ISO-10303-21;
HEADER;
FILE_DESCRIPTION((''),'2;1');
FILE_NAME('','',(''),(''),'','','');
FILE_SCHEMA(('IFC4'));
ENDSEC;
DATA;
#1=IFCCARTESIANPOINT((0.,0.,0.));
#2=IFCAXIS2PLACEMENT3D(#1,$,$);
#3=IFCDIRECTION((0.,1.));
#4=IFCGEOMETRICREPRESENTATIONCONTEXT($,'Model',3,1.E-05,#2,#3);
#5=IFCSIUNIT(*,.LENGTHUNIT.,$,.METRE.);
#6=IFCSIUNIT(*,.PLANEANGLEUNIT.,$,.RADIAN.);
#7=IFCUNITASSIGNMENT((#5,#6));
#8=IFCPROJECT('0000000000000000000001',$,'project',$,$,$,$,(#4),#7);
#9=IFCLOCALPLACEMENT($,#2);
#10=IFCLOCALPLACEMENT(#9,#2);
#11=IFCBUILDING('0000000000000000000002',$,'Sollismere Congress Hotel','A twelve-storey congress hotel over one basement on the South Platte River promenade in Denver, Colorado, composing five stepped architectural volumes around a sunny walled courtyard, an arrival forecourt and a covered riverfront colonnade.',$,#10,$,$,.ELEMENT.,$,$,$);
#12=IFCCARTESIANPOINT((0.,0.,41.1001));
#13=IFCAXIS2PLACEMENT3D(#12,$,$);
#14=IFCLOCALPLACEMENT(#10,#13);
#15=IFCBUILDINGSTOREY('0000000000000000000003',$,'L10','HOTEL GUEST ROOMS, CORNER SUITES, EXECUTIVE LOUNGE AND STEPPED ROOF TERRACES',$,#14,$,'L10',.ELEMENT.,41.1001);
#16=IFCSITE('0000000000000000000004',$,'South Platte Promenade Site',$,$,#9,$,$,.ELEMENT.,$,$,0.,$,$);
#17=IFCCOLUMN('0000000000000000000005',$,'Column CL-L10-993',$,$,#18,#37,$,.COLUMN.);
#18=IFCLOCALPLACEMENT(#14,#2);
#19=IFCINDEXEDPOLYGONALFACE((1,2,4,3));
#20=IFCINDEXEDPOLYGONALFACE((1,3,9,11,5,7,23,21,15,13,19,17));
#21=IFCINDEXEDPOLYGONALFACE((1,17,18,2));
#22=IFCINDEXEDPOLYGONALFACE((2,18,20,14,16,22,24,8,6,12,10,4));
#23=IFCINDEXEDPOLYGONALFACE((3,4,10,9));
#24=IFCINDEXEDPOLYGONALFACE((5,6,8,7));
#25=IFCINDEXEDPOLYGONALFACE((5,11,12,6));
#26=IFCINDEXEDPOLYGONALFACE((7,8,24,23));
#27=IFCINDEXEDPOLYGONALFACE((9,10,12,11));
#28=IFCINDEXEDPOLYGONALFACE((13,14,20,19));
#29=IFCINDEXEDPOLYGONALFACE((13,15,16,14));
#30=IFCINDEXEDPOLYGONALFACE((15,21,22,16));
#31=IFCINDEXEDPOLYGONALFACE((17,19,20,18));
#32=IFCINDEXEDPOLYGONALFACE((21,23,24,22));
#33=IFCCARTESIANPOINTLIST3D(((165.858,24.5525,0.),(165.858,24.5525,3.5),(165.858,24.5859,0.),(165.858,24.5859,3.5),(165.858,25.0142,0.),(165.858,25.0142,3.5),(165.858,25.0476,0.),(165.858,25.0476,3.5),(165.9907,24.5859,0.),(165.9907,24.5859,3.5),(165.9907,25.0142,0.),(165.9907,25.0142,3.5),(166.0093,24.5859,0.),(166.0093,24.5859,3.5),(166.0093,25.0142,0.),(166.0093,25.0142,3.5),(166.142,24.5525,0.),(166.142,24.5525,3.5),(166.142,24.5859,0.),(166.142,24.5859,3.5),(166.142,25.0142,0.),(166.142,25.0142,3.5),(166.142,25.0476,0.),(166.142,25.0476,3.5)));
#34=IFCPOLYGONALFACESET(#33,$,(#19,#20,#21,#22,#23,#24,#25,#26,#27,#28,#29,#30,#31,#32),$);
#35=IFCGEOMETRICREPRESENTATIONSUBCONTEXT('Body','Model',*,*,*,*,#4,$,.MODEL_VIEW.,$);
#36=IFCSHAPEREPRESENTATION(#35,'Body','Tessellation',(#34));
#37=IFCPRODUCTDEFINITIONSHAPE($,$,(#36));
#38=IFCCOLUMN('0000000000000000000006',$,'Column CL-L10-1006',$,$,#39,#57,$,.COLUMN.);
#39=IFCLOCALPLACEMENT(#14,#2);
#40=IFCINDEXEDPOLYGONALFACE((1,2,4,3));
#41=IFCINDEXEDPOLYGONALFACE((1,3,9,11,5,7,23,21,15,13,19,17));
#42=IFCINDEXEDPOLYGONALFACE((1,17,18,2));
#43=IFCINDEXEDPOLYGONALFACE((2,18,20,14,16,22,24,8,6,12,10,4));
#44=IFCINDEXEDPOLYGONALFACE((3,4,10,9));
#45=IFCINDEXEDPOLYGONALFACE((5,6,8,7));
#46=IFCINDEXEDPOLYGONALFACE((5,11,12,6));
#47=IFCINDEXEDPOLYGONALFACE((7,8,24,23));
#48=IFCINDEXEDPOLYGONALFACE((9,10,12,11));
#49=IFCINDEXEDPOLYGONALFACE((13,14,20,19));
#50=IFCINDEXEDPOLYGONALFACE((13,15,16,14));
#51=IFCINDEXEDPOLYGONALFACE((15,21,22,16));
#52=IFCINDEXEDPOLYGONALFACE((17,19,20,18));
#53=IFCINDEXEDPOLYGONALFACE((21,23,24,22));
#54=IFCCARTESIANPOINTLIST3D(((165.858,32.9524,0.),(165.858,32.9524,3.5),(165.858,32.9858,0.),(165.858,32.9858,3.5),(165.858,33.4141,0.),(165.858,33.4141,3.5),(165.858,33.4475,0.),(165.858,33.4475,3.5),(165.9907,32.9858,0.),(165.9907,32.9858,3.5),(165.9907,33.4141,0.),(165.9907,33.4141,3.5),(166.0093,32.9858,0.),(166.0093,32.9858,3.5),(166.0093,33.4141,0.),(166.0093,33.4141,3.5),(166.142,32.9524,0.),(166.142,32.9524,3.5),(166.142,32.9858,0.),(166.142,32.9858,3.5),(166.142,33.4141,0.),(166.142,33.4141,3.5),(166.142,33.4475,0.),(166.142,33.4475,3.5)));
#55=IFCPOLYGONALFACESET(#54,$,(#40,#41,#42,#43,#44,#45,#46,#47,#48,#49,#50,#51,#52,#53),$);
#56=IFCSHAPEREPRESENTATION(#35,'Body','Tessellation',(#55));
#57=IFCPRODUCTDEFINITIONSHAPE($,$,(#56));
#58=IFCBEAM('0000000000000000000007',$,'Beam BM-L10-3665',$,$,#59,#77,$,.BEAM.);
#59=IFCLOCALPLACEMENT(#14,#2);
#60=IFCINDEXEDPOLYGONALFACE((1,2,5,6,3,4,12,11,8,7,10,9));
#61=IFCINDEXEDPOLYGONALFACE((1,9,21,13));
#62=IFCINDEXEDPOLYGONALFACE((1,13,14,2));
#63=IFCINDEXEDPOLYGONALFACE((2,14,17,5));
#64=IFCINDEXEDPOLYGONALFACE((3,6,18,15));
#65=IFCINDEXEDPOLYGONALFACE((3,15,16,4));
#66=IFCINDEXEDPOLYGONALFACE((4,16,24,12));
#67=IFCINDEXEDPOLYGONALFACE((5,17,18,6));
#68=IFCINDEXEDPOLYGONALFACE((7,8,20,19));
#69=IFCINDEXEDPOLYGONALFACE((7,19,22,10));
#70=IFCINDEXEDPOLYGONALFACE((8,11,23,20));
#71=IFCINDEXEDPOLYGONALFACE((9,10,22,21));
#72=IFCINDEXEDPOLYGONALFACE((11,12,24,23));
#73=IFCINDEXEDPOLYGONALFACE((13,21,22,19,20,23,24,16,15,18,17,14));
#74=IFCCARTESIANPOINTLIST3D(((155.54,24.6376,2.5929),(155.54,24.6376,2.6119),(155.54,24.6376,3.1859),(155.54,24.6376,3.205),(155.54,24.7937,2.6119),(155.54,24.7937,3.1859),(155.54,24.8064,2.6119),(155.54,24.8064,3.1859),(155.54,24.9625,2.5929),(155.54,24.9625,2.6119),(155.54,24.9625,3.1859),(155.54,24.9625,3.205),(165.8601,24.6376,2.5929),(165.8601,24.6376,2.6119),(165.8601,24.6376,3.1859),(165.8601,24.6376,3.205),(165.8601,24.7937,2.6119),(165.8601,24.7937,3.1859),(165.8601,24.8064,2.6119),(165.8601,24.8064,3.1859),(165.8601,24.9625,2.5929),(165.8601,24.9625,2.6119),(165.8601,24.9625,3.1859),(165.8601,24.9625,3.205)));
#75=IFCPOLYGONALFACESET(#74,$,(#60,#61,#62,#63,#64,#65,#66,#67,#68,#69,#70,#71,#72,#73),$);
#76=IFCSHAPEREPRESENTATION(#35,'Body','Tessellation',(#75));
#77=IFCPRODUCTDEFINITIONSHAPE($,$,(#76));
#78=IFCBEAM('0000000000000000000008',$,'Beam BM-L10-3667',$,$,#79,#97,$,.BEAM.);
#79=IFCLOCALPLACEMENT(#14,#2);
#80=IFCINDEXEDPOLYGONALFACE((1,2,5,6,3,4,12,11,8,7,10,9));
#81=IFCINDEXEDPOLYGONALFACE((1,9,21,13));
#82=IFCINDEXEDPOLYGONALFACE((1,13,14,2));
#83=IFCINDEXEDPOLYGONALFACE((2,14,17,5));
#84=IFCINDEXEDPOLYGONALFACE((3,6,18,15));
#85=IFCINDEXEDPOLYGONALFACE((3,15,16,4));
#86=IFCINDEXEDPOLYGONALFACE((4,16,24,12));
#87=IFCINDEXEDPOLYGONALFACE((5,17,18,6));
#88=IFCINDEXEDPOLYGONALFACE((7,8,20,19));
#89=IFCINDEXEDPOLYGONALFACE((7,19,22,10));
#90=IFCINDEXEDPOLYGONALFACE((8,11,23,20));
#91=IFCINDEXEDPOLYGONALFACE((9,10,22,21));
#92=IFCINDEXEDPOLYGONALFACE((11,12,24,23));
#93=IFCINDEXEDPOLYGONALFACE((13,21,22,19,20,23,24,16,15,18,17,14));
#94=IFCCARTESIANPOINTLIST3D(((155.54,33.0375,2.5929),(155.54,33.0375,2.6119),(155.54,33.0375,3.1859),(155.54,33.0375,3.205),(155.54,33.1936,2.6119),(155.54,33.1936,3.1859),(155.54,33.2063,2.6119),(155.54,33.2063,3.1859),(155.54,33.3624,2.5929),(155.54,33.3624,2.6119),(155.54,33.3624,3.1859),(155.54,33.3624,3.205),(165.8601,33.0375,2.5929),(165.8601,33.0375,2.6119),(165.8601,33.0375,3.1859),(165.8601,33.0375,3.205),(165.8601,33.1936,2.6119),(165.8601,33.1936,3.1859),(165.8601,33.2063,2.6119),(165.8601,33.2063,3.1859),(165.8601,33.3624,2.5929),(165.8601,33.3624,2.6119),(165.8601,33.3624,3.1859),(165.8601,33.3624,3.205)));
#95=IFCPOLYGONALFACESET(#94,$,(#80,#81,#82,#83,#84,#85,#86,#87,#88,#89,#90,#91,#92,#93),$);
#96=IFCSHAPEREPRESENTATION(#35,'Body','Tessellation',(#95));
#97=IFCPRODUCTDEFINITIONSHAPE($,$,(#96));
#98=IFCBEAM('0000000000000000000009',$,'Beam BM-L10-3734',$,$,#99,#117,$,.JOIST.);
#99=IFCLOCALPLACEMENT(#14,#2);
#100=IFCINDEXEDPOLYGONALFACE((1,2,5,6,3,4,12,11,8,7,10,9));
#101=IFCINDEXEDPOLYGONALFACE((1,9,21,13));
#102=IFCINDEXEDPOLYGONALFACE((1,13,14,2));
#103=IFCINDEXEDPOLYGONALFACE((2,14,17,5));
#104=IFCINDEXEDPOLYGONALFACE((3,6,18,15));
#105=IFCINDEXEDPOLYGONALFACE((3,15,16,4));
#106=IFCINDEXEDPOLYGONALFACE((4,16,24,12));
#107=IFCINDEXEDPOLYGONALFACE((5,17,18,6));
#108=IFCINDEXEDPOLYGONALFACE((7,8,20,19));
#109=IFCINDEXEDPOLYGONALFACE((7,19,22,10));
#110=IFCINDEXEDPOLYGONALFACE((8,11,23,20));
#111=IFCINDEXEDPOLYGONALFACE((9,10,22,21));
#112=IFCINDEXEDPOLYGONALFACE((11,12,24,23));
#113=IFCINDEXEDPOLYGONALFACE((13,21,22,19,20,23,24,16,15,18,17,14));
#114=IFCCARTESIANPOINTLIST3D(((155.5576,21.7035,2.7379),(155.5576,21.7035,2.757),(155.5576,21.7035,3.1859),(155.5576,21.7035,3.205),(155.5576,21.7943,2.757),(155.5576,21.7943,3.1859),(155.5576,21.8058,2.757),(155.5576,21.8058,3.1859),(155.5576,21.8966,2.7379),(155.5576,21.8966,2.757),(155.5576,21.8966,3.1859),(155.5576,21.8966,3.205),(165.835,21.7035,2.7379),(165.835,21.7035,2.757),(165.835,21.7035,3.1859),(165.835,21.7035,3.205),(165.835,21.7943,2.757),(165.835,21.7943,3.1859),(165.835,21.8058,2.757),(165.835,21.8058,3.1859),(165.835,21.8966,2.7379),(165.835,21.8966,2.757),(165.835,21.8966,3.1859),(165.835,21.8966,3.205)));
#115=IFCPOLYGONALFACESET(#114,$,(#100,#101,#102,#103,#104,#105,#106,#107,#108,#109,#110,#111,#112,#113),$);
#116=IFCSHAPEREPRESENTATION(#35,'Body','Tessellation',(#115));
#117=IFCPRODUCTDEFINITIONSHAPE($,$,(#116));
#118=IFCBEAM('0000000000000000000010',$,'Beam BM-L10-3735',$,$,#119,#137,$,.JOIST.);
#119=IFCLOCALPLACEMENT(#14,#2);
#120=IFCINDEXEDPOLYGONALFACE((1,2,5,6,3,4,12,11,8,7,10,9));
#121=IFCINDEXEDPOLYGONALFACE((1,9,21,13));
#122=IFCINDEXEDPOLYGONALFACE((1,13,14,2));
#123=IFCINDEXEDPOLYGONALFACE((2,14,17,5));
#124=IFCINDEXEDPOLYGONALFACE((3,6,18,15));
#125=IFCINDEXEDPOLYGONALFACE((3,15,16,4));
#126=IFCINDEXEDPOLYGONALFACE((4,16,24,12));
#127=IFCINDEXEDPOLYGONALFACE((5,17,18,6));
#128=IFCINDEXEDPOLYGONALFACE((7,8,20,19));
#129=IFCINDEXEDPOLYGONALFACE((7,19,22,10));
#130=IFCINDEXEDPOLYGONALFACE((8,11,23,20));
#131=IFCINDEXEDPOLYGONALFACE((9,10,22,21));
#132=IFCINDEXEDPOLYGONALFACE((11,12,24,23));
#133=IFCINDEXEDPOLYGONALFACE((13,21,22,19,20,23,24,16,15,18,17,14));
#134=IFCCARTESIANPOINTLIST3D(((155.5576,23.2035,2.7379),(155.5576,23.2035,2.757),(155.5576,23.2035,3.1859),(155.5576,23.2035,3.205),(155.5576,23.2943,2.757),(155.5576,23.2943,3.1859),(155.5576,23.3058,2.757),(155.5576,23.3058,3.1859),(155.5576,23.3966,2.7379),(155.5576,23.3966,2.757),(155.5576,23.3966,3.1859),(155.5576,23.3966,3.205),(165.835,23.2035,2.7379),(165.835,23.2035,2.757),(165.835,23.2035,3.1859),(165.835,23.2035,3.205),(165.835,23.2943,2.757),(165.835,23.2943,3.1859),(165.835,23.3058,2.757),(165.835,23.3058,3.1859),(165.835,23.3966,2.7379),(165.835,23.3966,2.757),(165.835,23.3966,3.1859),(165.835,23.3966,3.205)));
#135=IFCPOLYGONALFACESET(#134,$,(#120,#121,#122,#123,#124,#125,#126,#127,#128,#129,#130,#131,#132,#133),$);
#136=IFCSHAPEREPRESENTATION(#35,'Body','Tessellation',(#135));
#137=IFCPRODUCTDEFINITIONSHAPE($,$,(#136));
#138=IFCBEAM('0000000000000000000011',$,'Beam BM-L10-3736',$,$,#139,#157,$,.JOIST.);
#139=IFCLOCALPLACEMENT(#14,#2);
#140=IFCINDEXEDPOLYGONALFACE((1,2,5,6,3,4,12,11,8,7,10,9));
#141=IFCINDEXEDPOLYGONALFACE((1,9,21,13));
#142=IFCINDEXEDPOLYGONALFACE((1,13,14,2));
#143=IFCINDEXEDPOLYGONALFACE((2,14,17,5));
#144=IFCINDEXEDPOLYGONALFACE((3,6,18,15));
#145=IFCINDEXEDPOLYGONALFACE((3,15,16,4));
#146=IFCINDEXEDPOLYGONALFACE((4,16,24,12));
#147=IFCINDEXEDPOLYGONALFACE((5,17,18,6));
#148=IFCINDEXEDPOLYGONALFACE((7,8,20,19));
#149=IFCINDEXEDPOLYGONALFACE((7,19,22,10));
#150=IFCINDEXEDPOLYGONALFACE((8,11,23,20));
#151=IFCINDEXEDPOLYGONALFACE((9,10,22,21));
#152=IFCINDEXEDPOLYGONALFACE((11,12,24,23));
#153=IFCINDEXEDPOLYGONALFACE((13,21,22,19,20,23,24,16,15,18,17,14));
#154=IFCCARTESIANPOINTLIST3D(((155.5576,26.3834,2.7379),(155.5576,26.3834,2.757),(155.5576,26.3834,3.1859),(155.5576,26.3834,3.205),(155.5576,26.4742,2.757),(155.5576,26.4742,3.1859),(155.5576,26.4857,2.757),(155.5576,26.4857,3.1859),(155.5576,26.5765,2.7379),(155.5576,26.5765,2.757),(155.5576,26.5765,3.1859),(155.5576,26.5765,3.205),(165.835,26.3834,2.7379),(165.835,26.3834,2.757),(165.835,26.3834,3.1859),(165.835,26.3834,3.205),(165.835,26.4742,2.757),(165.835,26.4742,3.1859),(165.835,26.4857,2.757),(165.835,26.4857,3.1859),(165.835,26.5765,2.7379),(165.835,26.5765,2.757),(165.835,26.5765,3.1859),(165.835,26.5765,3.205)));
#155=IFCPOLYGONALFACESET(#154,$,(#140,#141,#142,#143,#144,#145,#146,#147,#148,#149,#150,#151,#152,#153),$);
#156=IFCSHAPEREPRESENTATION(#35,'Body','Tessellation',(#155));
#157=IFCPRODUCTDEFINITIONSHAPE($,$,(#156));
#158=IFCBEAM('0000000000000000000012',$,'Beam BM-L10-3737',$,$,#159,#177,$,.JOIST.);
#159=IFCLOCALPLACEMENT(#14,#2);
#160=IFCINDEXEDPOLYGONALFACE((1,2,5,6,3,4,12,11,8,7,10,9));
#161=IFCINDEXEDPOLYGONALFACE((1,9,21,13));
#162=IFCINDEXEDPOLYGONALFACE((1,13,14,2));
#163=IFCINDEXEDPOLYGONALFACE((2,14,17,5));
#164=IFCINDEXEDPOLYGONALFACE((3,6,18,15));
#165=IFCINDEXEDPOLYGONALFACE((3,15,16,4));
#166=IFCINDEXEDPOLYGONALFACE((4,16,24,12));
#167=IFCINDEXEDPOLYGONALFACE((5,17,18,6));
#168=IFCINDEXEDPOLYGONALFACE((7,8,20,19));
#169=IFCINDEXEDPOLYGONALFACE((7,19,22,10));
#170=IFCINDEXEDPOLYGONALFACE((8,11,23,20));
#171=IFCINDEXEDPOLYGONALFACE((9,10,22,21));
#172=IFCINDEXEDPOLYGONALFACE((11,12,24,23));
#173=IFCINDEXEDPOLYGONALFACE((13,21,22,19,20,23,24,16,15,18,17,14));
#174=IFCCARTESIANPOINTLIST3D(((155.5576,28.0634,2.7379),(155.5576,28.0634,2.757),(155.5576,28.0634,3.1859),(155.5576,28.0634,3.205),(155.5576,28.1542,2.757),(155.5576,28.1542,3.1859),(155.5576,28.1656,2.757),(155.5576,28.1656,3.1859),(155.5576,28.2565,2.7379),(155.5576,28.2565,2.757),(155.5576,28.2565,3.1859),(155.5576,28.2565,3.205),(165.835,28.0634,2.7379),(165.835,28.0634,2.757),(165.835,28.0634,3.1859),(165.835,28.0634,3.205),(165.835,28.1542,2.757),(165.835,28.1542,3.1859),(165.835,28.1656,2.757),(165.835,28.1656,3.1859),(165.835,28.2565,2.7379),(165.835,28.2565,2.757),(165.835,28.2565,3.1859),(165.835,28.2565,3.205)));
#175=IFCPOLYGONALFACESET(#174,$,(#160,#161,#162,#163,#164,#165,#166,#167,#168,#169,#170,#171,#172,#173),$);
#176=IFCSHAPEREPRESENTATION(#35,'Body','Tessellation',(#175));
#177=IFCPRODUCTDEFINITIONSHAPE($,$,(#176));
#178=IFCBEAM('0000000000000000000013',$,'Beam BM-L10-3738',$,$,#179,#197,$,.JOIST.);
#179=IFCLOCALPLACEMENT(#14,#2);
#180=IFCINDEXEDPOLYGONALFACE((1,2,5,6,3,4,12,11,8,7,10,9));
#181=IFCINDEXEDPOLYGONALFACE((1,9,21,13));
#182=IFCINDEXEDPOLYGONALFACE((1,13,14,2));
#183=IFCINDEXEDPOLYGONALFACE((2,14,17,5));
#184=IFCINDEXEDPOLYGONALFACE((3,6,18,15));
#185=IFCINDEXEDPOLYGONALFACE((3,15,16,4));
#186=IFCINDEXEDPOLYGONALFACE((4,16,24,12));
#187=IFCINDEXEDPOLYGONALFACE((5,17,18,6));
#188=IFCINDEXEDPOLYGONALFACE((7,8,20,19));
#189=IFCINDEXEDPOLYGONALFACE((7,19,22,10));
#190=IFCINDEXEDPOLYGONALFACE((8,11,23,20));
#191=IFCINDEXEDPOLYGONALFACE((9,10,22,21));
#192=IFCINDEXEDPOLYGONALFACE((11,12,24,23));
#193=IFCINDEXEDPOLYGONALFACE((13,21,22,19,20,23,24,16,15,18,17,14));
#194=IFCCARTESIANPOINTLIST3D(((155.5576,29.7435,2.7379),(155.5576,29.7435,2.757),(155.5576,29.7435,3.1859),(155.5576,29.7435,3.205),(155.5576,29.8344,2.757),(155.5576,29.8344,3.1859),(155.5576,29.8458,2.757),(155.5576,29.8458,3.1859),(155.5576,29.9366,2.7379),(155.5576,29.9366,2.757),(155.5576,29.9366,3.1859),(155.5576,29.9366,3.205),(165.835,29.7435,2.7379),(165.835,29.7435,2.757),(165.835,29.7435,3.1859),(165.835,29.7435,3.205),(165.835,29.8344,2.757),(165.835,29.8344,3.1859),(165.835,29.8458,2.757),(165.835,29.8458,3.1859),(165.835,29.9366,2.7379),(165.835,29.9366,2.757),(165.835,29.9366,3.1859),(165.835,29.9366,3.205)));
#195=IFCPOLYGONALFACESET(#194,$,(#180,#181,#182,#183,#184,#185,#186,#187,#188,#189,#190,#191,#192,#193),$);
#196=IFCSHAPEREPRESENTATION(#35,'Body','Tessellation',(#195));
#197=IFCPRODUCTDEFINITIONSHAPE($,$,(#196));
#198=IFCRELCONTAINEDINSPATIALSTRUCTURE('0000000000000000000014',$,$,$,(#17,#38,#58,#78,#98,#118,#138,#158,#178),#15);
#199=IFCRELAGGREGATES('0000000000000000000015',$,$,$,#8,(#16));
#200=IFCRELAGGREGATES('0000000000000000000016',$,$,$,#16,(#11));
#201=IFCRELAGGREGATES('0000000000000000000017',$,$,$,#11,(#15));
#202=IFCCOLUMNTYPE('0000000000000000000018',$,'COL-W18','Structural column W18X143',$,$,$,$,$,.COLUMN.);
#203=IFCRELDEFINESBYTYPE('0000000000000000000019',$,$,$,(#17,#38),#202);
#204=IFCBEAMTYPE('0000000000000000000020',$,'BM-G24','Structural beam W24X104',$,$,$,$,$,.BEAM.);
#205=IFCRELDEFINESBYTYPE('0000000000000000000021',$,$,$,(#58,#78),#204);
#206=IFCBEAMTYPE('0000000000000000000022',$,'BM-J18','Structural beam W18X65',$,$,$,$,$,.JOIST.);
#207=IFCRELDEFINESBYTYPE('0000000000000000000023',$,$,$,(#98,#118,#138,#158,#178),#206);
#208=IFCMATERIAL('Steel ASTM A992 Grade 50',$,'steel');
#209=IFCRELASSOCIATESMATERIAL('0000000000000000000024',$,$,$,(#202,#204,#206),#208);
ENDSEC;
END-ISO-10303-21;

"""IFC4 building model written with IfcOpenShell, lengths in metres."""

from ifc_helpers import new_model, si_unit, direction, frame, origin, origin_2d, place, context, subcontext, project, spatial, i_section, extrude, material, material_profile, profile_set, type_object, element, save


model = new_model("IFC4")

# Units and contexts
model_context = context("Model", 3, precision=1e-05, world=origin(), true_north=direction((0.0, 1.0)))
body_context = subcontext(model_context, "Body", "Model", "MODEL_VIEW")
ifc_project = project(units=[si_unit("LENGTHUNIT", "METRE"), si_unit("PLANEANGLEUNIT", "RADIAN")], contexts=[model_context])

# Site, building, storey
site_placement = place(None, origin())
site = spatial("IfcSite", under=ifc_project, at=site_placement, Name="South Platte Promenade Site", CompositionType="ELEMENT", RefElevation=0.0)
building_placement = place(site_placement, origin())
building = spatial("IfcBuilding", under=site, at=building_placement, Name="Sollismere Congress Hotel", Description="A twelve-storey congress hotel over one basement on the South Platte River promenade in Denver, Colorado, composing five stepped architectural volumes around a sunny walled courtyard, an arrival forecourt and a covered riverfront colonnade.", CompositionType="ELEMENT")
storey_placement = place(building_placement, frame((0.0, 0.0, 41.1001)))
storey = spatial("IfcBuildingStorey", under=building, at=storey_placement, Name="L10", Description="HOTEL GUEST ROOMS, CORNER SUITES, EXECUTIVE LOUNGE AND STEPPED ROOF TERRACES", LongName="L10", CompositionType="ELEMENT", Elevation=41.1001)

# Columns
ifc_material_1 = material(Name="Steel ASTM A992 Grade 50", Category="steel")
ifc_material_profile_1 = material_profile(ifc_material_1, i_section(OverallWidth=0.2839, OverallDepth=0.4951, WebThickness=0.0186, FlangeThickness=0.0334, at=origin_2d()), Name="W18X143")
ifc_profile_set_1 = profile_set([ifc_material_profile_1], Name="Steel ASTM A992 Grade 50")
column_type = type_object("IfcColumnType", Name="COL-W18", Description="Structural column W18X143", PredefinedType="COLUMN", material=ifc_profile_set_1)
for number, where, z_axis, x_axis, name in (
    (1, (166.0, 24.8, 0.0), (0.0, 0.0, 1.0), (1.0, 0.0, 0.0), "Column CL-L10-993"),
    (2, (166.0, 33.2, 0.0), (0.0, 0.0, 1.0), (1.0, 0.0, 0.0), "Column CL-L10-1006"),
):
    element("IfcColumn", number, at=place(storey_placement, frame(where, z_axis=z_axis, x_axis=x_axis)), inside=storey, type_object=column_type, Name=name, PredefinedType="COLUMN", context=body_context, shape_type="SweptSolid", body=[
        extrude(i_section(OverallWidth=0.2839, OverallDepth=0.4951, WebThickness=0.0186, FlangeThickness=0.0334, at=origin_2d()), origin(), (0.0, 0.0, 1.0), 3.5),
    ])

# Beams
ifc_material_profile_2 = material_profile(ifc_material_1, i_section(OverallWidth=0.325, OverallDepth=0.6121, WebThickness=0.0127, FlangeThickness=0.019, at=origin_2d()), Name="W24X104")
ifc_profile_set_2 = profile_set([ifc_material_profile_2], Name="Steel ASTM A992 Grade 50")
beam_type_1 = type_object("IfcBeamType", Name="BM-G24", Description="Structural beam W24X104", PredefinedType="BEAM", material=ifc_profile_set_2)
for number, where, z_axis, x_axis, name in (
    (3, (155.54, 24.8, 2.8989), (1.0, 0.0, 0.0), (0.0, 1.0, 0.0), "Beam BM-L10-3665"),
    (4, (155.54, 33.2, 2.8989), (1.0, 0.0, 0.0), (0.0, 1.0, 0.0), "Beam BM-L10-3667"),
):
    element("IfcBeam", number, at=place(storey_placement, frame(where, z_axis=z_axis, x_axis=x_axis)), inside=storey, type_object=beam_type_1, Name=name, PredefinedType="BEAM", context=body_context, shape_type="SweptSolid", body=[
        extrude(i_section(OverallWidth=0.325, OverallDepth=0.6121, WebThickness=0.0127, FlangeThickness=0.019, at=origin_2d()), origin(), (0.0, 0.0, 1.0), 10.3201),
    ])
ifc_material_profile_3 = material_profile(ifc_material_1, i_section(OverallWidth=0.1931, OverallDepth=0.467, WebThickness=0.0115, FlangeThickness=0.019, at=origin_2d()), Name="W18X65")
ifc_profile_set_3 = profile_set([ifc_material_profile_3], Name="Steel ASTM A992 Grade 50")
beam_type_2 = type_object("IfcBeamType", Name="BM-J18", Description="Structural beam W18X65", PredefinedType="JOIST", material=ifc_profile_set_3)
for number, where, z_axis, x_axis, name in (
    (5, (155.5576, 21.8, 2.9714), (1.0, 0.0, 0.0), (0.0, 1.0, 0.0), "Beam BM-L10-3734"),
    (6, (155.5576, 23.3, 2.9714), (1.0, 0.0, 0.0), (0.0, 1.0, 0.0), "Beam BM-L10-3735"),
    (7, (155.5576, 26.48, 2.9714), (1.0, 0.0, 0.0), (0.0, 1.0, 0.0), "Beam BM-L10-3736"),
    (8, (155.5576, 28.1599, 2.9714), (1.0, 0.0, 0.0), (0.0, 1.0, 0.0), "Beam BM-L10-3737"),
    (9, (155.5576, 29.8401, 2.9714), (1.0, 0.0, 0.0), (0.0, 1.0, 0.0), "Beam BM-L10-3738"),
):
    element("IfcBeam", number, at=place(storey_placement, frame(where, z_axis=z_axis, x_axis=x_axis)), inside=storey, type_object=beam_type_2, Name=name, PredefinedType="JOIST", context=body_context, shape_type="SweptSolid", body=[
        extrude(i_section(OverallWidth=0.1931, OverallDepth=0.467, WebThickness=0.0115, FlangeThickness=0.019, at=origin_2d()), origin(), (0.0, 0.0, 1.0), 10.2773),
    ])

save(model, "model.ifc")
